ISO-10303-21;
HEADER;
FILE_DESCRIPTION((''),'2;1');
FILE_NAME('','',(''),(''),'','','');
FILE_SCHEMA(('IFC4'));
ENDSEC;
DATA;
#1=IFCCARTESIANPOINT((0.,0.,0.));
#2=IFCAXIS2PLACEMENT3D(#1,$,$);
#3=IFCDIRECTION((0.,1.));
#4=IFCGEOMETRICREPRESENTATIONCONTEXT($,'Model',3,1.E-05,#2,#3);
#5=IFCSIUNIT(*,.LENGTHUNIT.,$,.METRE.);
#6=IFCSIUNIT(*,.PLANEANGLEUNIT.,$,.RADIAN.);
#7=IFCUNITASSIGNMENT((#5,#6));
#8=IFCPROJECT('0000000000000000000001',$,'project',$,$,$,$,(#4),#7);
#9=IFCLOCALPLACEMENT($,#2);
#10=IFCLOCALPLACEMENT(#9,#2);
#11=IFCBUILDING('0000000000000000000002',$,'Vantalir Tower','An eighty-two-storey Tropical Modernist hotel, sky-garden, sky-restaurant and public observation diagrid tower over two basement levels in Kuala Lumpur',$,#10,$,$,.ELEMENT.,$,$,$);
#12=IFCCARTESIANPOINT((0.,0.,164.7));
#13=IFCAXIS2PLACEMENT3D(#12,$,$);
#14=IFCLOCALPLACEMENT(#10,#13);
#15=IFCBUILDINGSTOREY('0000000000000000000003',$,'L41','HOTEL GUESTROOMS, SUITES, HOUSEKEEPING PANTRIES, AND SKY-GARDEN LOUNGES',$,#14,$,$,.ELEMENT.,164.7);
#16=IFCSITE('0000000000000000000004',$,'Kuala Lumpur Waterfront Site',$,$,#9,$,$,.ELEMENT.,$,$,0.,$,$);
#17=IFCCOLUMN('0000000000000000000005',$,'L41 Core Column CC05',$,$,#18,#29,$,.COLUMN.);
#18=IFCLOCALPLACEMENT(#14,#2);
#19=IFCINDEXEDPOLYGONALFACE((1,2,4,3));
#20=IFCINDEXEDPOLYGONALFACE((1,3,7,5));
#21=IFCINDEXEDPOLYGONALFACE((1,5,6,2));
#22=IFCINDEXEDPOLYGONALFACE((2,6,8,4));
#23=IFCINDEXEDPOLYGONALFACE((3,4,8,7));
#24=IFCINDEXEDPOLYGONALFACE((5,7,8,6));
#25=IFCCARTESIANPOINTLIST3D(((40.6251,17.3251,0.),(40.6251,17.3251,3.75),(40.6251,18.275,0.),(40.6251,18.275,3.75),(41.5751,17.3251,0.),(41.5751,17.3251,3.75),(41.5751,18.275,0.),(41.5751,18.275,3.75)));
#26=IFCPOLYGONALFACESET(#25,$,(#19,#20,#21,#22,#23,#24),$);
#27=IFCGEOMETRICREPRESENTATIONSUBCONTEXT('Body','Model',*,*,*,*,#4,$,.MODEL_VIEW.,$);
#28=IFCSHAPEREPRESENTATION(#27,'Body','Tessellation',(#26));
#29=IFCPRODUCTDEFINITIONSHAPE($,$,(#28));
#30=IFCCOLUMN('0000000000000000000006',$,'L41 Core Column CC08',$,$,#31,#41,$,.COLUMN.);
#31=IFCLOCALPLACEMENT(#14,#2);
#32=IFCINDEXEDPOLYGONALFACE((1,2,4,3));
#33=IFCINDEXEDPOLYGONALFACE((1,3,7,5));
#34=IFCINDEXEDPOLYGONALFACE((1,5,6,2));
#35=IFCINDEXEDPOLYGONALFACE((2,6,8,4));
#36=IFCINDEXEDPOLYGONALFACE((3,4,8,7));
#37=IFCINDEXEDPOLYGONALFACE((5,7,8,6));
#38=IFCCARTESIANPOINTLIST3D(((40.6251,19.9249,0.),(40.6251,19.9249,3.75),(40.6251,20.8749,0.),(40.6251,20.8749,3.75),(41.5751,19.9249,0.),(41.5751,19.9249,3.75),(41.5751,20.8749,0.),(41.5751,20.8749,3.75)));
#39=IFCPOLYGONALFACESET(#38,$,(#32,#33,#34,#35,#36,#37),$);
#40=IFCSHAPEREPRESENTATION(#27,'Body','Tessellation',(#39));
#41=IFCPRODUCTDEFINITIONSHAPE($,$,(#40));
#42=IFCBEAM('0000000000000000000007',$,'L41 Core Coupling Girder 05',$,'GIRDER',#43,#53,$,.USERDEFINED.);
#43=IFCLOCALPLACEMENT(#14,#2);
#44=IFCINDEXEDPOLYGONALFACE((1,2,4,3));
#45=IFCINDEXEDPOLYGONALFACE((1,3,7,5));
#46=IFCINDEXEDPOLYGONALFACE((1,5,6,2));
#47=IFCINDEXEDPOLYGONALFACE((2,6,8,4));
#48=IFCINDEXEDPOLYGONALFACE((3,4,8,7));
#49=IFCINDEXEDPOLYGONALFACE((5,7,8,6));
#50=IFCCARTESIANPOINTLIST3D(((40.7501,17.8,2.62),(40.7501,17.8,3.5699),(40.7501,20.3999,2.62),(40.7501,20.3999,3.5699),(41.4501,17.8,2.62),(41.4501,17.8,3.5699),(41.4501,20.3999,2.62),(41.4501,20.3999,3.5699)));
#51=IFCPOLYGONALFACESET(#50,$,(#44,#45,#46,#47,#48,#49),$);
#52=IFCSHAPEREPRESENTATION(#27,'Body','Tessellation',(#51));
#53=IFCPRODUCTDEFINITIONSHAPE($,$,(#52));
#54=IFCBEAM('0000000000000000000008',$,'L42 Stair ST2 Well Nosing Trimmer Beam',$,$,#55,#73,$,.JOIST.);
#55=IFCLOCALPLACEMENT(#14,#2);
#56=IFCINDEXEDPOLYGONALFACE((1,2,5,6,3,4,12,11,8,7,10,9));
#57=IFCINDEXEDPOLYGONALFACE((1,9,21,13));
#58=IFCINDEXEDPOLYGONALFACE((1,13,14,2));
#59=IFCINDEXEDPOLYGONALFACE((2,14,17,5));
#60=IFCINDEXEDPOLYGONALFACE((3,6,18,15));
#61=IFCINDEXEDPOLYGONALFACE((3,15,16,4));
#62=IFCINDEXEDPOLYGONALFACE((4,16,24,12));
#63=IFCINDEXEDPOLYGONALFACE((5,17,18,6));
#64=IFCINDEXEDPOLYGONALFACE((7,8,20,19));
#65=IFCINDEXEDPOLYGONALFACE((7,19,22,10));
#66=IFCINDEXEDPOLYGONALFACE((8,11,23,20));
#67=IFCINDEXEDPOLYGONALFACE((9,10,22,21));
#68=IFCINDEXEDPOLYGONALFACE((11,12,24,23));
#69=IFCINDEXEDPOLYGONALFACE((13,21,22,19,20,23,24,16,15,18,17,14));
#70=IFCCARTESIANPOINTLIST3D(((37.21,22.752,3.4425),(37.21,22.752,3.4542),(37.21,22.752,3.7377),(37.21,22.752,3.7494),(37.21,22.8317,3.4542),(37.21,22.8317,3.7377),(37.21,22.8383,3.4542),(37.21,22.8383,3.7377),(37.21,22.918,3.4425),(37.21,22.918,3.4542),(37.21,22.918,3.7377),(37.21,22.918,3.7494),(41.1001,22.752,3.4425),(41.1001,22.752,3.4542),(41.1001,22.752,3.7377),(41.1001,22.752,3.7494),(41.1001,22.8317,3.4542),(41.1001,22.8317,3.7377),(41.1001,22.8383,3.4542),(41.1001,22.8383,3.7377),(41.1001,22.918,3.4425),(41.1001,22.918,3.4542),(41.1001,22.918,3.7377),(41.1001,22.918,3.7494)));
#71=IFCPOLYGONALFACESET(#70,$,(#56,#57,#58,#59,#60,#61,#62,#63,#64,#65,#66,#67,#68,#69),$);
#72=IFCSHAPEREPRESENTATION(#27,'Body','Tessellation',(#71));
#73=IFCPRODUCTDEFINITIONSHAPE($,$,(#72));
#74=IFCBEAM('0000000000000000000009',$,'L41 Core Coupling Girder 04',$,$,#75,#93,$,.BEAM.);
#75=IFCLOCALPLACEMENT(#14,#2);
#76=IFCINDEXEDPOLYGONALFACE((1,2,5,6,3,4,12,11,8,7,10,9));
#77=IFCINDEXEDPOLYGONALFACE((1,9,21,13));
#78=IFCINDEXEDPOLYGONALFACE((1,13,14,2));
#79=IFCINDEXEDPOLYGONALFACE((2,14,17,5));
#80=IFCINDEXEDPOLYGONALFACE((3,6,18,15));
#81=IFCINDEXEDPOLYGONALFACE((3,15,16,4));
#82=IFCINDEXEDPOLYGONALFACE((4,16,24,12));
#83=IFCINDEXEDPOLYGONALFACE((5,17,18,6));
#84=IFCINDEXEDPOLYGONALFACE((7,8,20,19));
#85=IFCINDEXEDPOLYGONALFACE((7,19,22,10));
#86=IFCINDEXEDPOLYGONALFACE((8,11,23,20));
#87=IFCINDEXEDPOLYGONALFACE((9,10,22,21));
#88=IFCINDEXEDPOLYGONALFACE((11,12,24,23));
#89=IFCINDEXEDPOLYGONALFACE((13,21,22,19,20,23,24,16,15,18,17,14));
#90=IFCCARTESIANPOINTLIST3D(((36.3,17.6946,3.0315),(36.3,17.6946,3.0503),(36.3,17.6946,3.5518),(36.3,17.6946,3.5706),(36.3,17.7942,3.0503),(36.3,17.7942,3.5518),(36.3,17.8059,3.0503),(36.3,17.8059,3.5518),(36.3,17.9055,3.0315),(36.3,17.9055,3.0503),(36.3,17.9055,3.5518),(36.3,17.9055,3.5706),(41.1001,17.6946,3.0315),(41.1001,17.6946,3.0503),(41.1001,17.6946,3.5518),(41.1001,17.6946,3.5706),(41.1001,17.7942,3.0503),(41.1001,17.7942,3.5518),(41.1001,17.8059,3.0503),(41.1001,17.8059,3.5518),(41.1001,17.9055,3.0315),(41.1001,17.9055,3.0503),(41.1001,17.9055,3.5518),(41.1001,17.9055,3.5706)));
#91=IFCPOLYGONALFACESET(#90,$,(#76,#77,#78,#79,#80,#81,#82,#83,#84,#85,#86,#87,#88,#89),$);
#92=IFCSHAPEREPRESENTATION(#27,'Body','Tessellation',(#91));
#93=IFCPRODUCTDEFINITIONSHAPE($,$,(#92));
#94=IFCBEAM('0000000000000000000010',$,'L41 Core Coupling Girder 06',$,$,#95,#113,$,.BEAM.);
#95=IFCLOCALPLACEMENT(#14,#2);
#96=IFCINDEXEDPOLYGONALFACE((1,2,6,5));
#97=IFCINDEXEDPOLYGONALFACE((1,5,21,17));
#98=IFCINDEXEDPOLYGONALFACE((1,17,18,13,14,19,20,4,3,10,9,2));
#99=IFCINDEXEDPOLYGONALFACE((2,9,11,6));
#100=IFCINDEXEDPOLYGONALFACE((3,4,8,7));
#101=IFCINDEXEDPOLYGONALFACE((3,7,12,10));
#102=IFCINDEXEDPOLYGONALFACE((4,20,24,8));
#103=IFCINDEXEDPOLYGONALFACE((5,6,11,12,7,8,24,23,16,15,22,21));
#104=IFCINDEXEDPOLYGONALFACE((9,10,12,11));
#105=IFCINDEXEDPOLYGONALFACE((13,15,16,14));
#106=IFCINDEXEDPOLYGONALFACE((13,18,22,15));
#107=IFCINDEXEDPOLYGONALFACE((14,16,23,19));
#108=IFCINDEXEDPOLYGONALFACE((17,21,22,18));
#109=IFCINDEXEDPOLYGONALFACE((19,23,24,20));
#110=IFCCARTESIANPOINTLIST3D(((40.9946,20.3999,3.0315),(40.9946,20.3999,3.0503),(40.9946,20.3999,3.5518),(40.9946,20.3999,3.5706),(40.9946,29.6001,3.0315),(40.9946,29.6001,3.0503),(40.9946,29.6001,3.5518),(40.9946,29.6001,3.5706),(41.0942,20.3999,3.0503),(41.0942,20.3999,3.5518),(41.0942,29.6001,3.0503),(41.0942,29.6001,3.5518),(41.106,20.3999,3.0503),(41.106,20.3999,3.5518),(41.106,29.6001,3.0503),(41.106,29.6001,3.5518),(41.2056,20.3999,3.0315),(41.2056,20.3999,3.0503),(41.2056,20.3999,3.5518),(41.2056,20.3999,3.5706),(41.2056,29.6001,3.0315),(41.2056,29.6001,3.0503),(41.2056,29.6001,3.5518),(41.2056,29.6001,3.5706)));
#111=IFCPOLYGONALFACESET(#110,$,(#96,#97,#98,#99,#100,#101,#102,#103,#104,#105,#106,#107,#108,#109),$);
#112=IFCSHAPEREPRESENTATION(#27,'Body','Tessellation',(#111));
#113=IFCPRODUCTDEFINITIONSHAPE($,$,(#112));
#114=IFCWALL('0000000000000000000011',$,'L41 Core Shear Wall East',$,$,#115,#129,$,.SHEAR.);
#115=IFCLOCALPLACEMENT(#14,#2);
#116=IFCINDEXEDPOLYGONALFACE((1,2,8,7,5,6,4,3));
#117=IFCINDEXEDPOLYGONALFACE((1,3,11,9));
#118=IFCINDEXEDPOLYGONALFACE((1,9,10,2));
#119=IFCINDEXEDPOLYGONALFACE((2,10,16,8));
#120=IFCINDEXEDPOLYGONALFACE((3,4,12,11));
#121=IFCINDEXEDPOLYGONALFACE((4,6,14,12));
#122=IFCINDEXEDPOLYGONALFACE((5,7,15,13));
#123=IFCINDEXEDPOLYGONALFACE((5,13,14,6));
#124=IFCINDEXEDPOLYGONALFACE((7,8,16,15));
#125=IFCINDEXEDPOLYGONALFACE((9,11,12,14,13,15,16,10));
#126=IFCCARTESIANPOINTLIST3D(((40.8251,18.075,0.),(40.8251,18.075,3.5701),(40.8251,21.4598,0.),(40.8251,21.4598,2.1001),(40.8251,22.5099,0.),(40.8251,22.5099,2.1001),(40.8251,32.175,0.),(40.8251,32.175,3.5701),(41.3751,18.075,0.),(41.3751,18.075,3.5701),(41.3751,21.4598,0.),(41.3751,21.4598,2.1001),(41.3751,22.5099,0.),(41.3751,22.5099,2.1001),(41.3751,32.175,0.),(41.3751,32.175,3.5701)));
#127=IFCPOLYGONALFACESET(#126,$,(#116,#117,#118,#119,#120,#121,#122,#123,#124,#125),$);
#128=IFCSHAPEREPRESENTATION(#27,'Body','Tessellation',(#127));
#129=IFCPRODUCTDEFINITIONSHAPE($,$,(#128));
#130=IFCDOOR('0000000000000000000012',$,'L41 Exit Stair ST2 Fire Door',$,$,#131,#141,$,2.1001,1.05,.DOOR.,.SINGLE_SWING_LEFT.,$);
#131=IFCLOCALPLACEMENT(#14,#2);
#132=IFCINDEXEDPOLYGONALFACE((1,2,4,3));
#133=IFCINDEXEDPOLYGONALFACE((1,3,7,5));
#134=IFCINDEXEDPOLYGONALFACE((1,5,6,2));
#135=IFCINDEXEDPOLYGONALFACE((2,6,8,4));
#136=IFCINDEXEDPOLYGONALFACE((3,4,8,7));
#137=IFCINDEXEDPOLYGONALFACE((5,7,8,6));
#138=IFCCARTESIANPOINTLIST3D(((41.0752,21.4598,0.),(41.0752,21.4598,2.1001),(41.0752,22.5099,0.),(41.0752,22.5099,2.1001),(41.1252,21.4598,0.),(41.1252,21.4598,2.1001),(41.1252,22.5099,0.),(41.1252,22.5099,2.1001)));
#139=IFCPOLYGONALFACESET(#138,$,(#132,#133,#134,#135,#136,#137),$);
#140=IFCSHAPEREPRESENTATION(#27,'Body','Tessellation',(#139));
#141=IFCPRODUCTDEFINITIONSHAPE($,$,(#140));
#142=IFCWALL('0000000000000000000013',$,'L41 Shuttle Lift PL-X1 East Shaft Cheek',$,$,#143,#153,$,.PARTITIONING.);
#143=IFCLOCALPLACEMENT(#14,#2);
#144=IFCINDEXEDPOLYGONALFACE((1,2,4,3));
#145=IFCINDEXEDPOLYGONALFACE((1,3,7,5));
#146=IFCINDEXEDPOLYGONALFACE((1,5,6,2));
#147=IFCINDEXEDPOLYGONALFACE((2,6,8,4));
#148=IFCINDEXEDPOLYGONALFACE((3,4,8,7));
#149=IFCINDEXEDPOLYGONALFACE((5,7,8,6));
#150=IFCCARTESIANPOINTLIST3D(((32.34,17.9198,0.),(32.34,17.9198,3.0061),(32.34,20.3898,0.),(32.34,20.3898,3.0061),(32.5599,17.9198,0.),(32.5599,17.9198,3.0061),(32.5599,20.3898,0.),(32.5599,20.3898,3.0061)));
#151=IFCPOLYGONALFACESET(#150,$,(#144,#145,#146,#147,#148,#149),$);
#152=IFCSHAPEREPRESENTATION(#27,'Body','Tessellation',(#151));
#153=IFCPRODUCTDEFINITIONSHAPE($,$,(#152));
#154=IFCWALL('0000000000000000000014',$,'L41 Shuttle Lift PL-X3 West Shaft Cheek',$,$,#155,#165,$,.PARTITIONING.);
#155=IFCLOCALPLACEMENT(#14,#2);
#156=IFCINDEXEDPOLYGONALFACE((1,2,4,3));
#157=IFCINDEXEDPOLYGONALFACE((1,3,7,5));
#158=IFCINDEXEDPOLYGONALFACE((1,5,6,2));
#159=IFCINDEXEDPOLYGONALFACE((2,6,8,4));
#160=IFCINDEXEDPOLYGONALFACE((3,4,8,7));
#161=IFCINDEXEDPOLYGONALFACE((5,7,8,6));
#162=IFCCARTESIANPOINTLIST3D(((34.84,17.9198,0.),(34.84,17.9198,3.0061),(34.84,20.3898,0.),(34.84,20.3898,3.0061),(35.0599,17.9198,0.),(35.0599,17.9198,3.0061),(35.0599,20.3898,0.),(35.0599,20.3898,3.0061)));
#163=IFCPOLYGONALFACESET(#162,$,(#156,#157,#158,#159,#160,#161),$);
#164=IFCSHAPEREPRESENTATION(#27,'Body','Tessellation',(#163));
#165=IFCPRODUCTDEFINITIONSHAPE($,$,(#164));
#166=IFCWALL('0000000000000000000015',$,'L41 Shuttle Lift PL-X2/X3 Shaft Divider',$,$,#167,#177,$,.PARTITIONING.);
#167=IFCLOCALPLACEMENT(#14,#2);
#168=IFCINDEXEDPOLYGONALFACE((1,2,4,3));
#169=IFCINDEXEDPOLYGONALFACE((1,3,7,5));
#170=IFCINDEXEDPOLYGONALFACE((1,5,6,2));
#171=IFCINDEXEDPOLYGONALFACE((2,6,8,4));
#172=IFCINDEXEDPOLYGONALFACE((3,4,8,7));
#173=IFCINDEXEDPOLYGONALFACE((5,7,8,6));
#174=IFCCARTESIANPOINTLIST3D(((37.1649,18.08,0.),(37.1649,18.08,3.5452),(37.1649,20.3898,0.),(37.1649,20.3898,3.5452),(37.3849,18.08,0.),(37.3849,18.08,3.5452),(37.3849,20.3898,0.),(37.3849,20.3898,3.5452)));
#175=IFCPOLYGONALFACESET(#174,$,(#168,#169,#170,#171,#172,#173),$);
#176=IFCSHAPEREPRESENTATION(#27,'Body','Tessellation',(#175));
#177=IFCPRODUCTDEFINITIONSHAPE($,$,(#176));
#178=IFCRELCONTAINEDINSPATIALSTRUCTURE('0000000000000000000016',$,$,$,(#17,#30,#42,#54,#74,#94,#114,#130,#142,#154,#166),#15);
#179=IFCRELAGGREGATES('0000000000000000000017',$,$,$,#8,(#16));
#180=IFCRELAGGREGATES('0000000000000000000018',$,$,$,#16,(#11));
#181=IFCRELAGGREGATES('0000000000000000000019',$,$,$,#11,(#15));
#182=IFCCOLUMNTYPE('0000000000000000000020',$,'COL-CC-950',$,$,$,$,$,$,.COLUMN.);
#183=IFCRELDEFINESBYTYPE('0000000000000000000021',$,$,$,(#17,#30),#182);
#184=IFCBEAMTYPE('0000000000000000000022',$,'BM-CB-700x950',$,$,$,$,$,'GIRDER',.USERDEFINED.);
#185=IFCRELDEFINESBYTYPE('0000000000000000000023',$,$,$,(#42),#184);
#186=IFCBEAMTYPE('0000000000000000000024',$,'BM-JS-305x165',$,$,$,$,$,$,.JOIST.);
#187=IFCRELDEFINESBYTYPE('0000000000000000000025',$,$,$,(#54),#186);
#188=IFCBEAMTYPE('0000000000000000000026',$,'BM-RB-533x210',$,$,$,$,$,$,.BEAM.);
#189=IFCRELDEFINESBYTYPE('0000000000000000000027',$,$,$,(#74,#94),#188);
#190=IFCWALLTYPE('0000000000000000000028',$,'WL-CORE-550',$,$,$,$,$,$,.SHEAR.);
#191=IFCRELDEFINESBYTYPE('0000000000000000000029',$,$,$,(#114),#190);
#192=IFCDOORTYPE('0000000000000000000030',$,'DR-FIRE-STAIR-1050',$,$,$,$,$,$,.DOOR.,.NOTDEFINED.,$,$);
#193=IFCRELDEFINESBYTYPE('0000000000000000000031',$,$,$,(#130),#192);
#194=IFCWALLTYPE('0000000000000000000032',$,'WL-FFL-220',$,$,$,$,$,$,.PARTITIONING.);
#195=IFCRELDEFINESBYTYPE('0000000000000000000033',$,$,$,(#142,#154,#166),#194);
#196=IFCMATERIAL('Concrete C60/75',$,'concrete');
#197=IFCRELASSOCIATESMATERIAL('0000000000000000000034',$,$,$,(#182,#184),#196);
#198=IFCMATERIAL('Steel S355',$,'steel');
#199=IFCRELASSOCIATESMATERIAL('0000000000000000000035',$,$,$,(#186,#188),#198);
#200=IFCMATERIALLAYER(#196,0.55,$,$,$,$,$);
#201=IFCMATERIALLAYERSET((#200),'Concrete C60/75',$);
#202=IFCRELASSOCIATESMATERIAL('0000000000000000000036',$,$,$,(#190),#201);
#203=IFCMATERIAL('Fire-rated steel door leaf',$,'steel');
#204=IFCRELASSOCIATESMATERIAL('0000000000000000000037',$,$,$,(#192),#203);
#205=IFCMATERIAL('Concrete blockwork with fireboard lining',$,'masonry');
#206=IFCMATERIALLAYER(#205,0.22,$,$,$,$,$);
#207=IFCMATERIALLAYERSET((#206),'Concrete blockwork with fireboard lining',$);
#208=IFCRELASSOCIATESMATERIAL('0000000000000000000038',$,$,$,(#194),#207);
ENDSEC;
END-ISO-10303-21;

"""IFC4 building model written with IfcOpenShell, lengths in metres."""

from ifc_helpers import new_model, si_unit, direction, frame, frame_2d, origin, origin_2d, place, context, subcontext, project, spatial, rectangle, i_section, extrude, material, layer, layer_set, material_profile, profile_set, type_object, element, fill, save


model = new_model("IFC4")

# Units and contexts
model_context = context("Model", 3, precision=1e-05, world=origin(), true_north=direction((0.0, 1.0)))
body_context = subcontext(model_context, "Body", "Model", "MODEL_VIEW")
ifc_project = project(units=[si_unit("LENGTHUNIT", "METRE"), si_unit("PLANEANGLEUNIT", "RADIAN")], contexts=[model_context])

# Site, building, storey
site_placement = place(None, origin())
site = spatial("IfcSite", under=ifc_project, at=site_placement, Name="Kuala Lumpur Waterfront Site", CompositionType="ELEMENT", RefElevation=0.0)
building_placement = place(site_placement, origin())
building = spatial("IfcBuilding", under=site, at=building_placement, Name="Vantalir Tower", Description="An eighty-two-storey Tropical Modernist hotel, sky-garden, sky-restaurant and public observation diagrid tower over two basement levels in Kuala Lumpur", CompositionType="ELEMENT")
storey_placement = place(building_placement, frame((0.0, 0.0, 164.7)))
storey = spatial("IfcBuildingStorey", under=building, at=storey_placement, Name="L41", Description="HOTEL GUESTROOMS, SUITES, HOUSEKEEPING PANTRIES, AND SKY-GARDEN LOUNGES", CompositionType="ELEMENT", Elevation=164.7)

# Columns
ifc_material_1 = material(Name="Concrete C60/75", Category="concrete")
ifc_material_profile_1 = material_profile(ifc_material_1, rectangle(XDim=0.95, YDim=0.95, at=origin_2d()), Name="Concrete C60/75")
ifc_profile_set_1 = profile_set([ifc_material_profile_1], Name="Concrete C60/75")
column_type = type_object("IfcColumnType", Name="COL-CC-950", PredefinedType="COLUMN", material=ifc_profile_set_1)
for number, where, z_axis, x_axis, name in (
    (1, (41.1001, 17.8, 0.0), (0.0, 0.0, 1.0), (1.0, 0.0, 0.0), "L41 Core Column CC05"),
    (2, (41.1001, 20.3999, 0.0), (0.0, 0.0, 1.0), (1.0, 0.0, 0.0), "L41 Core Column CC08"),
):
    element("IfcColumn", number, at=place(storey_placement, frame(where, z_axis=z_axis, x_axis=x_axis)), inside=storey, type_object=column_type, Name=name, PredefinedType="COLUMN", context=body_context, shape_type="SweptSolid", body=[
        extrude(rectangle(XDim=0.95, YDim=0.95, at=origin_2d()), origin(), (0.0, 0.0, 1.0), 3.75),
    ])

# Beams
ifc_material_profile_2 = material_profile(ifc_material_1, rectangle(XDim=0.7, YDim=0.95, at=origin_2d()), Name="Concrete C60/75")
ifc_profile_set_2 = profile_set([ifc_material_profile_2], Name="Concrete C60/75")
beam_type_1 = type_object("IfcBeamType", Name="BM-CB-700x950", ElementType="GIRDER", PredefinedType="USERDEFINED", material=ifc_profile_set_2)
beam_1_placement = place(storey_placement, frame((41.1001, 17.8, 3.095), z_axis=(0.0, 1.0, 0.0), x_axis=(-1.0, 0.0, 0.0)))
element("IfcBeam", 3, at=beam_1_placement, inside=storey, type_object=beam_type_1, Name="L41 Core Coupling Girder 05", ObjectType="GIRDER", PredefinedType="USERDEFINED", context=body_context, shape_type="SweptSolid", body=[
    extrude(rectangle(XDim=0.7, YDim=0.95, at=origin_2d()), origin(), (0.0, 0.0, 1.0), 2.5999),
])
ifc_material_2 = material(Name="Steel S355", Category="steel")
ifc_material_profile_3 = material_profile(ifc_material_2, i_section(OverallWidth=0.166, OverallDepth=0.3069, WebThickness=0.0066, FlangeThickness=0.0117, at=origin_2d()), Name="Steel S355")
ifc_profile_set_3 = profile_set([ifc_material_profile_3], Name="Steel S355")
beam_type_2 = type_object("IfcBeamType", Name="BM-JS-305x165", PredefinedType="JOIST", material=ifc_profile_set_3)
beam_2_placement = place(storey_placement, frame((37.21, 22.835, 3.5959), z_axis=(1.0, 0.0, 0.0), x_axis=(0.0, 1.0, 0.0)))
element("IfcBeam", 4, at=beam_2_placement, inside=storey, type_object=beam_type_2, Name="L42 Stair ST2 Well Nosing Trimmer Beam", PredefinedType="JOIST", context=body_context, shape_type="SweptSolid", body=[
    extrude(i_section(OverallWidth=0.166, OverallDepth=0.3069, WebThickness=0.0066, FlangeThickness=0.0117, at=origin_2d()), origin(), (0.0, 0.0, 1.0), 3.8901),
])
ifc_material_profile_4 = material_profile(ifc_material_2, i_section(OverallWidth=0.2109, OverallDepth=0.5391, WebThickness=0.0117, FlangeThickness=0.0188, at=origin_2d()), Name="Steel S355")
ifc_profile_set_4 = profile_set([ifc_material_profile_4], Name="Steel S355")
beam_type_3 = type_object("IfcBeamType", Name="BM-RB-533x210", PredefinedType="BEAM", material=ifc_profile_set_4)
beam_3_placement = place(storey_placement, frame((36.3, 17.8, 3.301), z_axis=(1.0, 0.0, 0.0), x_axis=(0.0, 1.0, 0.0)))
element("IfcBeam", 5, at=beam_3_placement, inside=storey, type_object=beam_type_3, Name="L41 Core Coupling Girder 04", PredefinedType="BEAM", context=body_context, shape_type="SweptSolid", body=[
    extrude(i_section(OverallWidth=0.2109, OverallDepth=0.5391, WebThickness=0.0117, FlangeThickness=0.0188, at=origin_2d()), origin(), (0.0, 0.0, 1.0), 4.8),
])
beam_4_placement = place(storey_placement, frame((41.1001, 20.3999, 3.301), z_axis=(0.0, 1.0, 0.0), x_axis=(-1.0, 0.0, 0.0)))
element("IfcBeam", 6, at=beam_4_placement, inside=storey, type_object=beam_type_3, Name="L41 Core Coupling Girder 06", PredefinedType="BEAM", context=body_context, shape_type="SweptSolid", body=[
    extrude(i_section(OverallWidth=0.2109, OverallDepth=0.5391, WebThickness=0.0117, FlangeThickness=0.0188, at=origin_2d()), origin(), (0.0, 0.0, 1.0), 9.2002),
])

# Wall, opening, door
ifc_layer_1 = layer(ifc_material_1, 0.55)
ifc_layer_set_1 = layer_set([ifc_layer_1], Name="Concrete C60/75")
wall_type_1 = type_object("IfcWallType", Name="WL-CORE-550", PredefinedType="SHEAR", material=ifc_layer_set_1)
wall_1_placement = place(storey_placement, frame((41.1001, 18.075, 0.0), z_axis=(0.0, 0.0, 1.0), x_axis=(0.0, 1.0, 0.0)))
wall_1 = element("IfcWall", 7, at=wall_1_placement, inside=storey, type_object=wall_type_1, Name="L41 Core Shear Wall East", PredefinedType="SHEAR", context=body_context, shape_type="SweptSolid", body=[
    extrude(rectangle(XDim=14.1001, YDim=0.55, at=frame_2d((7.05, 0.0))), origin(), (0.0, 0.0, 1.0), 3.5701),
])
opening_1_placement = place(wall_1_placement, frame((3.385, 0.0, 0.0)))
opening_1 = element("IfcOpeningElement", 8, at=opening_1_placement, cuts=wall_1, PredefinedType="OPENING", context=body_context, shape_type="SweptSolid", body=[
    extrude(rectangle(XDim=1.05, YDim=2.1001, at=frame_2d((0.5249, 1.05))), frame((0.0, 0.2849, 0.0), z_axis=(0.0, -1.0, 0.0), x_axis=(1.0, 0.0, 0.0)), (0.0, 0.0, 1.0), 0.5701),
])
ifc_material_3 = material(Name="Fire-rated steel door leaf", Category="steel")
door_type_1 = type_object("IfcDoorType", Name="DR-FIRE-STAIR-1050", OperationType="NOTDEFINED", PredefinedType="DOOR", material=ifc_material_3)
door_1_placement = place(opening_1_placement, origin())
door_1 = element("IfcDoor", 9, at=door_1_placement, inside=storey, type_object=door_type_1, Name="L41 Exit Stair ST2 Fire Door", OperationType="SINGLE_SWING_LEFT", OverallHeight=2.1001, OverallWidth=1.05, PredefinedType="DOOR", context=body_context, shape_type="SweptSolid", body=[
    extrude(rectangle(XDim=1.05, YDim=2.1001, at=frame_2d((0.5249, 1.05))), frame((0.0, 0.0249, 0.0), z_axis=(0.0, -1.0, 0.0), x_axis=(1.0, 0.0, 0.0)), (0.0, 0.0, 1.0), 0.05),
])
fill(opening_1, door_1)

# Walls
ifc_material_4 = material(Name="Concrete blockwork with fireboard lining", Category="masonry")
ifc_layer_2 = layer(ifc_material_4, 0.22)
ifc_layer_set_2 = layer_set([ifc_layer_2], Name="Concrete blockwork with fireboard lining")
wall_type_2 = type_object("IfcWallType", Name="WL-FFL-220", PredefinedType="PARTITIONING", material=ifc_layer_set_2)
for number, where, z_axis, x_axis, name in (
    (10, (32.45, 17.9199, 0.0), (0.0, 0.0, 1.0), (0.0, 1.0, 0.0), "L41 Shuttle Lift PL-X1 East Shaft Cheek"),
    (11, (34.95, 17.9199, 0.0), (0.0, 0.0, 1.0), (0.0, 1.0, 0.0), "L41 Shuttle Lift PL-X3 West Shaft Cheek"),
):
    element("IfcWall", number, at=place(storey_placement, frame(where, z_axis=z_axis, x_axis=x_axis)), inside=storey, type_object=wall_type_2, Name=name, PredefinedType="PARTITIONING", context=body_context, shape_type="SweptSolid", body=[
        extrude(rectangle(XDim=2.47, YDim=0.22, at=frame_2d((1.2349, 0.0))), origin(), (0.0, 0.0, 1.0), 3.0061),
    ])
wall_2_placement = place(storey_placement, frame((37.2749, 18.0801, 0.0), z_axis=(0.0, 0.0, 1.0), x_axis=(0.0, 1.0, 0.0)))
element("IfcWall", 12, at=wall_2_placement, inside=storey, type_object=wall_type_2, Name="L41 Shuttle Lift PL-X2/X3 Shaft Divider", PredefinedType="PARTITIONING", context=body_context, shape_type="SweptSolid", body=[
    extrude(rectangle(XDim=2.3098, YDim=0.22, at=frame_2d((1.1548, 0.0))), origin(), (0.0, 0.0, 1.0), 3.5452),
])

save(model, "model.ifc")
